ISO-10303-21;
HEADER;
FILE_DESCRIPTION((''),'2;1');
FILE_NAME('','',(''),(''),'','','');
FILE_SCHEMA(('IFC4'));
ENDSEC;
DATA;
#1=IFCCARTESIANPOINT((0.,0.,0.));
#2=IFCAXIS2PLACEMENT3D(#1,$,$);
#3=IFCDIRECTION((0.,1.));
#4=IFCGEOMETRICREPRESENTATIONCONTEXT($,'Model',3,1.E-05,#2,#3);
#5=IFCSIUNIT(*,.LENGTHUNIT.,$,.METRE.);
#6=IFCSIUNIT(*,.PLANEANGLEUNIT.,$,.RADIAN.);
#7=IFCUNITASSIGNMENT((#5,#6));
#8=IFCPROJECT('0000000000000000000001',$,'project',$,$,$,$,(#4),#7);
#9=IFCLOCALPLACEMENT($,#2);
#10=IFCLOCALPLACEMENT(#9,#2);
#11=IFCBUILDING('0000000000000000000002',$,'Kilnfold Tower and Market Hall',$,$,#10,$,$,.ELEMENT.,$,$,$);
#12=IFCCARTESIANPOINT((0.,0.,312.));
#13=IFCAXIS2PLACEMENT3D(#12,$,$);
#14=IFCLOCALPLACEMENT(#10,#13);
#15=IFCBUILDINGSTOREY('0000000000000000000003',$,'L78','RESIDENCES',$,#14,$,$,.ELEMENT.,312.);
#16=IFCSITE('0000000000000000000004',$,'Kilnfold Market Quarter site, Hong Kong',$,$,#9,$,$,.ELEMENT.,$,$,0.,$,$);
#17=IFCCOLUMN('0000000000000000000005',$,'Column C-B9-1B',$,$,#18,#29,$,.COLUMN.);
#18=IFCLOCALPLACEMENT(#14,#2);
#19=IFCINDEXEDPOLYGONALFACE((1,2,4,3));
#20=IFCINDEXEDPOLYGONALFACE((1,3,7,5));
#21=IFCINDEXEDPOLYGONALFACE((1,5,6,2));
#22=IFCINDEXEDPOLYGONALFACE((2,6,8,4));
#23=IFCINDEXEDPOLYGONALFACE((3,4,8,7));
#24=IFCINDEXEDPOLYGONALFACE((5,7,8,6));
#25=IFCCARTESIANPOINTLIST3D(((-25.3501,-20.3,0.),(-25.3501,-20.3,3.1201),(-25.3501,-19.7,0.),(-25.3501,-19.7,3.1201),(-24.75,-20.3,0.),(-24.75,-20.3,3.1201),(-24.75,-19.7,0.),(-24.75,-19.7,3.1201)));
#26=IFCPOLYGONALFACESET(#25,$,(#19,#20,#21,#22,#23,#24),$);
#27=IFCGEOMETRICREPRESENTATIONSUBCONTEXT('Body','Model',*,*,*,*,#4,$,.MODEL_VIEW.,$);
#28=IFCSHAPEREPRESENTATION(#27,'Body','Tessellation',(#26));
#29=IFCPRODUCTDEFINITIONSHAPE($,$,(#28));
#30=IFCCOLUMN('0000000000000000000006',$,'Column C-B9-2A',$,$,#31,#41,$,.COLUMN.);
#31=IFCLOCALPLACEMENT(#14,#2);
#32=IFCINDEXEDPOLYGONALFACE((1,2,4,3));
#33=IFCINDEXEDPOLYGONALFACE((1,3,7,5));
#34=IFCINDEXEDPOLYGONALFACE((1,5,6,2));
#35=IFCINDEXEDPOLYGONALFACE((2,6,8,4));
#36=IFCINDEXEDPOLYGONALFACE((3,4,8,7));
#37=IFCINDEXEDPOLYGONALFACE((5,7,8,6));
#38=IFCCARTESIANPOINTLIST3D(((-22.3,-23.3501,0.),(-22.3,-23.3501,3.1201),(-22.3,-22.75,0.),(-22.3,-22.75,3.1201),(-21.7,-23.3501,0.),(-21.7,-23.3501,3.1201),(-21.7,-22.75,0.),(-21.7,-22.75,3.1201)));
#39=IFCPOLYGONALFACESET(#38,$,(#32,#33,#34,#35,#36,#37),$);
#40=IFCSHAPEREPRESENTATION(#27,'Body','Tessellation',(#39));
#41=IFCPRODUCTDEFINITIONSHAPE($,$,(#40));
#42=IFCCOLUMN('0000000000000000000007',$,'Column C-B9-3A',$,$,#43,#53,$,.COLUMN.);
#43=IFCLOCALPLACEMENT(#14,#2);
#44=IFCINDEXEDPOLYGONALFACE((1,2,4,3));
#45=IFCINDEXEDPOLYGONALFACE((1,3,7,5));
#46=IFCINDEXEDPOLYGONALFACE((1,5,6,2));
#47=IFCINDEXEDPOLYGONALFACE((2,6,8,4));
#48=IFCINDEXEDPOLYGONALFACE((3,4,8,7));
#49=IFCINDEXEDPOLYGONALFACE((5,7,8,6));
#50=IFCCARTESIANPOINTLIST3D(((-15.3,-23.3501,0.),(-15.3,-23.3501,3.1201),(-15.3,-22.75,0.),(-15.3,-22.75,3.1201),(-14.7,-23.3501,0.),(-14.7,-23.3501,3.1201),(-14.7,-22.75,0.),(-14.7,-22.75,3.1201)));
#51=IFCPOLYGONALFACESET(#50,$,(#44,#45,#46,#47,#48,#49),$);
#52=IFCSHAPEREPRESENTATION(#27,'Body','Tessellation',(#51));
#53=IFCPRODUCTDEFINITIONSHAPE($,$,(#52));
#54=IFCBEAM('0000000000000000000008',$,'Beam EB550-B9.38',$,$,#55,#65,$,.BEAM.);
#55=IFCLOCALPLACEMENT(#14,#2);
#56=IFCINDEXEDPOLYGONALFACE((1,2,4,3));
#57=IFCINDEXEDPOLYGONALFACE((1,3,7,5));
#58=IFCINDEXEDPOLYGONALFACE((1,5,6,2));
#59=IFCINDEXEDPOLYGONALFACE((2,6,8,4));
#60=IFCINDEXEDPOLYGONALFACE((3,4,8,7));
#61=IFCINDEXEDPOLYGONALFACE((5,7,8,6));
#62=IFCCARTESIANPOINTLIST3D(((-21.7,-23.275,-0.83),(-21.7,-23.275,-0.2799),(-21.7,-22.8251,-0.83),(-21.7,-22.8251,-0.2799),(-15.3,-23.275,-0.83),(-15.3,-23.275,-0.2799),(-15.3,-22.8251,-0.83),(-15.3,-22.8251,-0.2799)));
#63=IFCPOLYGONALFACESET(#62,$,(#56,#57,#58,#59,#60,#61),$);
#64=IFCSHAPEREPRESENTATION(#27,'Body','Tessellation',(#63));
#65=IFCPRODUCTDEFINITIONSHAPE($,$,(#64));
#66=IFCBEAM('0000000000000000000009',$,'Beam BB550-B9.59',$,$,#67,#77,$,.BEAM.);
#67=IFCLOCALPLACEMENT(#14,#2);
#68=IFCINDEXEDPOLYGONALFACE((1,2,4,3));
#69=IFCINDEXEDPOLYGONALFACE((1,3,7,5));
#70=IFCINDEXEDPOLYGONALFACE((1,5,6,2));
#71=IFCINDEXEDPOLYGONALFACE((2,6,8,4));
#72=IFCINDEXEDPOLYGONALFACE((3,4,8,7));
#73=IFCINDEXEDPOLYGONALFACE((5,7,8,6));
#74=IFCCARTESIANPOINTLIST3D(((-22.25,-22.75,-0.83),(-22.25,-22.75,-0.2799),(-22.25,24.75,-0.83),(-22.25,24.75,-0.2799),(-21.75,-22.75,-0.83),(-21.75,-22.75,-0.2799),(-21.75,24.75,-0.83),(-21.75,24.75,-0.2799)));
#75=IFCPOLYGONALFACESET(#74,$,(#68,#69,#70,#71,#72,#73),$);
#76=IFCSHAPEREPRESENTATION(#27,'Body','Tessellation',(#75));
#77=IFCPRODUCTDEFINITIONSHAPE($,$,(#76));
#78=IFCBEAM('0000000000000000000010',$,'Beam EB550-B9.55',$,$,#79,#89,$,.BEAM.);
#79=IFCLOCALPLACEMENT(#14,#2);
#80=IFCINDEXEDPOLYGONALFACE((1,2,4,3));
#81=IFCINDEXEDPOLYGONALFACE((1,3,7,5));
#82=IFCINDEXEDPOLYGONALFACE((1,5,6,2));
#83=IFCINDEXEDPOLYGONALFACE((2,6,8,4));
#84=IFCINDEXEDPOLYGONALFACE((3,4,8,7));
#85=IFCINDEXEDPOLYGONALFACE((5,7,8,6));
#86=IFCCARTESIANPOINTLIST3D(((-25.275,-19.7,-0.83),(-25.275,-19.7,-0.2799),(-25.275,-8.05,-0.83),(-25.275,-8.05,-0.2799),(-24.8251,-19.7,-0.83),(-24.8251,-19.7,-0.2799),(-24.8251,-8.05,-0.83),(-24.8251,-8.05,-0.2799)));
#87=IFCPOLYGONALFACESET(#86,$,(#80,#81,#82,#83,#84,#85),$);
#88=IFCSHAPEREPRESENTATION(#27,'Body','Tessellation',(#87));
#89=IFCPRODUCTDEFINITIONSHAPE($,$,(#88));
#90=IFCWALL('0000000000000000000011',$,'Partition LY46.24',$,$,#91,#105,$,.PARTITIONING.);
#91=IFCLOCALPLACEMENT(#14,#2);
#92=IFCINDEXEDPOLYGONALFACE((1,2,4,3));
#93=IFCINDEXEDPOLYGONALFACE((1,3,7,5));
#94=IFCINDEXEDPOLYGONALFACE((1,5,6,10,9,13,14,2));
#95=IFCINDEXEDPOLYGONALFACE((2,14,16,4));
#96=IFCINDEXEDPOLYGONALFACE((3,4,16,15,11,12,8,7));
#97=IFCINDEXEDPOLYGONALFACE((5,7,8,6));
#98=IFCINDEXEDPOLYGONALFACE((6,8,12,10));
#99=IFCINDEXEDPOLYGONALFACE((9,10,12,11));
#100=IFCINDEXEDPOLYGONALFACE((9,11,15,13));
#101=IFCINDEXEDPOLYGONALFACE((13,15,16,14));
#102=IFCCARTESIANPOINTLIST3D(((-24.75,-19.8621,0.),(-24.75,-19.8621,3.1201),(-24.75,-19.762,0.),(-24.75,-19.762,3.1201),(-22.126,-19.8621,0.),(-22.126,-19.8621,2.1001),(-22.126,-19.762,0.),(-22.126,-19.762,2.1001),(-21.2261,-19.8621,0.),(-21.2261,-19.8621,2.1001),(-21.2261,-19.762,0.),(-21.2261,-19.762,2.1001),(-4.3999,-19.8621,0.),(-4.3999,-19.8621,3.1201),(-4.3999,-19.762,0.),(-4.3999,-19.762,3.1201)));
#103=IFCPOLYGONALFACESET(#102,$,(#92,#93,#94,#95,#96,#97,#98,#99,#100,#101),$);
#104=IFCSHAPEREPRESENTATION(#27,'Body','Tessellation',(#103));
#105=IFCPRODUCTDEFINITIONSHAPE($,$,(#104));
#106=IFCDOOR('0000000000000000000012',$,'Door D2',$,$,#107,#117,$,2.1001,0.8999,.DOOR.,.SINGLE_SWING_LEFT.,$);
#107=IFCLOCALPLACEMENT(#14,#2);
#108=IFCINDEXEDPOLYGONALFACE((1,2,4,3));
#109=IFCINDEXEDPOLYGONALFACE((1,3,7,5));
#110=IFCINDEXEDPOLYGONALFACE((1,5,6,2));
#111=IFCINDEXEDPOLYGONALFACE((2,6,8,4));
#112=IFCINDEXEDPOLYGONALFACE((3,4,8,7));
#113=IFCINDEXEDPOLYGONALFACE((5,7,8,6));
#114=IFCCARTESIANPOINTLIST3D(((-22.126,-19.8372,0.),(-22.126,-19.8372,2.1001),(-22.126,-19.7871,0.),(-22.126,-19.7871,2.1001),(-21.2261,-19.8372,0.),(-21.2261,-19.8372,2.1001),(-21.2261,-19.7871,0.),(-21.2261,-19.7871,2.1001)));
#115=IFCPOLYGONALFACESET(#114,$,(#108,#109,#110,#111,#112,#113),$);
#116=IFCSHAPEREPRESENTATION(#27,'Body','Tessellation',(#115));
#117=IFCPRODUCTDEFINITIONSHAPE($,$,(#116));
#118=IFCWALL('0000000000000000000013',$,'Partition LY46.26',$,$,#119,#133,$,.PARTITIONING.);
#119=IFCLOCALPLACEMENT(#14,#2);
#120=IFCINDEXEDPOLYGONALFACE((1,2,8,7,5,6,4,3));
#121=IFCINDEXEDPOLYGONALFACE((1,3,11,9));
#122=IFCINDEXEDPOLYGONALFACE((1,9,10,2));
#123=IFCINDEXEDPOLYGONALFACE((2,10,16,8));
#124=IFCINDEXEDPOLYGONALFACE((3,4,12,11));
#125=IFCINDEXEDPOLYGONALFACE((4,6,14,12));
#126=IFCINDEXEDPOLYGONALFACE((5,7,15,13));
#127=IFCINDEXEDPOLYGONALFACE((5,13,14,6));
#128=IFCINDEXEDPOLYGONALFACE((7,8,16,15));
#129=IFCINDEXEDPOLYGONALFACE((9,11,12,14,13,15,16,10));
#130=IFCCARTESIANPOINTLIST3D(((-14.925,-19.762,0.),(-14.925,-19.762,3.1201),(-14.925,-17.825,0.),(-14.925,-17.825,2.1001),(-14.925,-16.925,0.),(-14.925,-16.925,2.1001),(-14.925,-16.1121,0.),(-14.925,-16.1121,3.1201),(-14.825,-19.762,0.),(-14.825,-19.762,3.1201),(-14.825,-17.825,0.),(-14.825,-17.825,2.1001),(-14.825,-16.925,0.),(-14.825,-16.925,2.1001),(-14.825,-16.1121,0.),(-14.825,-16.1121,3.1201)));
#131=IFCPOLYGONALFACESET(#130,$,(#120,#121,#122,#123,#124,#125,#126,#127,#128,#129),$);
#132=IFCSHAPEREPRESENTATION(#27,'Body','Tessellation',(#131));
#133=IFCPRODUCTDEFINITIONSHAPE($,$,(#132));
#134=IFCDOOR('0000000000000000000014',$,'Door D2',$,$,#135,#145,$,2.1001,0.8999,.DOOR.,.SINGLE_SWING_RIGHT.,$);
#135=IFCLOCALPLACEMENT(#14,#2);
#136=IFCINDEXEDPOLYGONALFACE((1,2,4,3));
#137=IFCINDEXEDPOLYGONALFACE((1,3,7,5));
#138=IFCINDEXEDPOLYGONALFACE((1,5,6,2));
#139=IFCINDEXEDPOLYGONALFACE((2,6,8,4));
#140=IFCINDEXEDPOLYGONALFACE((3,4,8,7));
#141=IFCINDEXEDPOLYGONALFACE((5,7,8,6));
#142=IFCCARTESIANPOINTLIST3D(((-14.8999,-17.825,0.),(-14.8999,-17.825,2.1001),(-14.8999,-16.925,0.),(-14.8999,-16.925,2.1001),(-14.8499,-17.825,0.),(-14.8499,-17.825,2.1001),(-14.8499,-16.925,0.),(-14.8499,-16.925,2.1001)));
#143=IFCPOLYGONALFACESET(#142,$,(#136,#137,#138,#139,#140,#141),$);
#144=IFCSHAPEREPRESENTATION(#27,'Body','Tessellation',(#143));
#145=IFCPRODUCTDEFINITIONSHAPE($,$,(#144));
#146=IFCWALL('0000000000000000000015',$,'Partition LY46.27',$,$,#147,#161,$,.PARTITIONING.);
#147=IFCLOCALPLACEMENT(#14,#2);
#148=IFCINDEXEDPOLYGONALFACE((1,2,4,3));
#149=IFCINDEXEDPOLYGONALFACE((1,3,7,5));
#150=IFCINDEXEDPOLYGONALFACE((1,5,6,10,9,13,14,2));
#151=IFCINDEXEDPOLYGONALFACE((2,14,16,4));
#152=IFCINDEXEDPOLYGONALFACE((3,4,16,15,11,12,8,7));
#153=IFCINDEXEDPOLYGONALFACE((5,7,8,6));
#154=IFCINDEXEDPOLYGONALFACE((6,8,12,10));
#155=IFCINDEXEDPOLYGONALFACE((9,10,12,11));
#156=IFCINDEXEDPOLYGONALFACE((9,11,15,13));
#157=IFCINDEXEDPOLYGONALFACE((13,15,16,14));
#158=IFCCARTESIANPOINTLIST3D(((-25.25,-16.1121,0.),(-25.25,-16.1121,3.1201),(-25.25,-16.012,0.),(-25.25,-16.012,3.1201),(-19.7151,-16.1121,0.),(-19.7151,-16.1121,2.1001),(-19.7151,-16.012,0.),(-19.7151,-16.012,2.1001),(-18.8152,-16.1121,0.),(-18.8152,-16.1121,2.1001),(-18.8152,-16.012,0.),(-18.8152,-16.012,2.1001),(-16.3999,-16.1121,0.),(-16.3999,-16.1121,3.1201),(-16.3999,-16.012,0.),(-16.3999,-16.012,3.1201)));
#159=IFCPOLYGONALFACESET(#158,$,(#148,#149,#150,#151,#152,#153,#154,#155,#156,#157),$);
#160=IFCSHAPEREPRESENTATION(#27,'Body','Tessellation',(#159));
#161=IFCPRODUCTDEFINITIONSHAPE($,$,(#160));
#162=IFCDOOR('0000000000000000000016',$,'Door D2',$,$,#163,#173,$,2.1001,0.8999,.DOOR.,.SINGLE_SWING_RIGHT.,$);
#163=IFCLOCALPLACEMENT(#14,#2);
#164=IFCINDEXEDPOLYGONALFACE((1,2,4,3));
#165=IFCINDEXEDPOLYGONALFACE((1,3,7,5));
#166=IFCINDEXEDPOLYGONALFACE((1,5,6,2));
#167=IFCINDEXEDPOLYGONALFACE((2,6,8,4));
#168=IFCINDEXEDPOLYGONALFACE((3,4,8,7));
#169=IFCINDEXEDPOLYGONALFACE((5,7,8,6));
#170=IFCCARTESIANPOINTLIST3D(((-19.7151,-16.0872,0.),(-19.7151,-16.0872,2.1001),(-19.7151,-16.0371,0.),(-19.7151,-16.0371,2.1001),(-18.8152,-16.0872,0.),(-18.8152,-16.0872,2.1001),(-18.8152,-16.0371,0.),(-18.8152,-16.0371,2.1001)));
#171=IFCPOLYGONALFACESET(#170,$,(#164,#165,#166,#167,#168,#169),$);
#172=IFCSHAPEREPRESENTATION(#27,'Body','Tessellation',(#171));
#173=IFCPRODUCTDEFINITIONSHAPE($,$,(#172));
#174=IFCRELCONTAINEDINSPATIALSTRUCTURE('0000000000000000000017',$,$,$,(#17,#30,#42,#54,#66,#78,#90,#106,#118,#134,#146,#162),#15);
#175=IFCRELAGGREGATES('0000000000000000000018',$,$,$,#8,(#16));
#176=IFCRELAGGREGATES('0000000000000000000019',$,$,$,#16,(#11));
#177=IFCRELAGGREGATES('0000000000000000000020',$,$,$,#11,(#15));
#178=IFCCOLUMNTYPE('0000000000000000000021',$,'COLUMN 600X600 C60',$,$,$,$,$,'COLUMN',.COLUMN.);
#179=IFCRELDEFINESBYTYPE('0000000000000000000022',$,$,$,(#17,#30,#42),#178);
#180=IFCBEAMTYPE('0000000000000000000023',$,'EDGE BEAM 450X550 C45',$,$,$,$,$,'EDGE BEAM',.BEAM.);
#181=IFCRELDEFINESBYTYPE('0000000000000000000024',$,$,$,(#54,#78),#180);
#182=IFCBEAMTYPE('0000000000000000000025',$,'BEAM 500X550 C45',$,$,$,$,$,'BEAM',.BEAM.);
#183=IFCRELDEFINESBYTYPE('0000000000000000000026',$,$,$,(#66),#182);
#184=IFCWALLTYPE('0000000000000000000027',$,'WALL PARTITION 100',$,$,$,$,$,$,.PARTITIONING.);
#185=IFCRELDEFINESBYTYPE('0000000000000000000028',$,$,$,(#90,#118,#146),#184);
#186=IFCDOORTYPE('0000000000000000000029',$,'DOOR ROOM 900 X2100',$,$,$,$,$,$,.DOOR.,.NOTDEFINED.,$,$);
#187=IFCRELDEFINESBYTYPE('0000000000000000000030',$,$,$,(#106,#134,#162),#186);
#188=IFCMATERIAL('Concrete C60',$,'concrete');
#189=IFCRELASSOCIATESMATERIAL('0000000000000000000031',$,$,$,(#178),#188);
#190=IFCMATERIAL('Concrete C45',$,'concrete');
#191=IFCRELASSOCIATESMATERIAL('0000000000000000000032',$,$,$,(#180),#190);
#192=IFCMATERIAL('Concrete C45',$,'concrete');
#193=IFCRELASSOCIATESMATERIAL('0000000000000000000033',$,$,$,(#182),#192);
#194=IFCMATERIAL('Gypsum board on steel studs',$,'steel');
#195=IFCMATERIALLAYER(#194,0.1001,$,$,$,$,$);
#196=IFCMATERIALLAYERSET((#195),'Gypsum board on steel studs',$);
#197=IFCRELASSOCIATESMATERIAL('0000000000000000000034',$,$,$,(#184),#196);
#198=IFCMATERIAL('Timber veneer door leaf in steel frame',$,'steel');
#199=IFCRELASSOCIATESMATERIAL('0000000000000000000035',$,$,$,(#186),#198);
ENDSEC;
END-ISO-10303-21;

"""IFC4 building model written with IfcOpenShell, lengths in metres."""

from ifc_helpers import new_model, si_unit, direction, frame, frame_2d, origin, origin_2d, place, context, subcontext, project, spatial, rectangle, extrude, source, transform, mapped, material, layer, layer_set, material_profile, profile_set, type_object, element, fill, save


model = new_model("IFC4")

# Units and contexts
model_context = context("Model", 3, precision=1e-05, world=origin(), true_north=direction((0.0, 1.0)))
body_context = subcontext(model_context, "Body", "Model", "MODEL_VIEW")
ifc_project = project(units=[si_unit("LENGTHUNIT", "METRE"), si_unit("PLANEANGLEUNIT", "RADIAN")], contexts=[model_context])

# Site, building, storey
site_placement = place(None, origin())
site = spatial("IfcSite", under=ifc_project, at=site_placement, Name="Kilnfold Market Quarter site, Hong Kong", CompositionType="ELEMENT", RefElevation=0.0)
building_placement = place(site_placement, origin())
building = spatial("IfcBuilding", under=site, at=building_placement, Name="Kilnfold Tower and Market Hall", CompositionType="ELEMENT")
storey_placement = place(building_placement, frame((0.0, 0.0, 312.0)))
storey = spatial("IfcBuildingStorey", under=building, at=storey_placement, Name="L78", Description="RESIDENCES", CompositionType="ELEMENT", Elevation=312.0)

# Columns
ifc_material_1 = material(Name="Concrete C60", Category="concrete")
ifc_material_profile_1 = material_profile(ifc_material_1, rectangle(XDim=0.6001, YDim=0.6001, at=origin_2d()), Name="RC 600x600")
ifc_profile_set_1 = profile_set([ifc_material_profile_1], Name="Concrete C60")
column_type = type_object("IfcColumnType", Name="COLUMN 600X600 C60", ElementType="COLUMN", PredefinedType="COLUMN", material=ifc_profile_set_1)
shared_shape_1 = source(origin(), body_context, "Body", "SweptSolid", [
    extrude(rectangle(XDim=0.6001, YDim=0.6001, at=origin_2d()), origin(), (0.0, 0.0, 1.0), 3.1201),
])
for number, where, z_axis, x_axis, name in (
    (1, (-25.05, -20.0, 0.0), (0.0, 0.0, 1.0), (1.0, 0.0, 0.0), "Column C-B9-1B"),
    (2, (-22.0, -23.05, 0.0), (0.0, 0.0, 1.0), (1.0, 0.0, 0.0), "Column C-B9-2A"),
    (3, (-15.0, -23.05, 0.0), (0.0, 0.0, 1.0), (1.0, 0.0, 0.0), "Column C-B9-3A"),
):
    element("IfcColumn", number, at=place(storey_placement, frame(where, z_axis=z_axis, x_axis=x_axis)), inside=storey, type_object=column_type, Name=name, PredefinedType="COLUMN", context=body_context, shape_type="MappedRepresentation", body=[
        mapped(shared_shape_1, transform((0.0, 0.0, 0.0))),
    ])

# Beams
ifc_material_2 = material(Name="Concrete C45", Category="concrete")
ifc_material_profile_2 = material_profile(ifc_material_2, rectangle(XDim=0.45, YDim=0.55, at=origin_2d()), Name="RC 450x550")
ifc_profile_set_2 = profile_set([ifc_material_profile_2], Name="Concrete C45")
beam_type_1 = type_object("IfcBeamType", Name="EDGE BEAM 450X550 C45", ElementType="EDGE BEAM", PredefinedType="BEAM", material=ifc_profile_set_2)
shared_shape_2 = source(origin(), body_context, "Body", "SweptSolid", [
    extrude(rectangle(XDim=0.45, YDim=0.55, at=origin_2d()), origin(), (0.0, 0.0, 1.0), 6.3999),
])
beam_1_placement = place(storey_placement, frame((-21.7, -23.05, -0.5549), z_axis=(1.0, 0.0, 0.0), x_axis=(0.0, 1.0, 0.0)))
element("IfcBeam", 4, at=beam_1_placement, inside=storey, type_object=beam_type_1, Name="Beam EB550-B9.38", PredefinedType="BEAM", context=body_context, shape_type="MappedRepresentation", body=[
    mapped(shared_shape_2, transform((0.0, 0.0, 0.0))),
])
ifc_material_3 = material(Name="Concrete C45", Category="concrete")
ifc_material_profile_3 = material_profile(ifc_material_3, rectangle(XDim=0.5, YDim=0.55, at=origin_2d()), Name="RC 500x550")
ifc_profile_set_3 = profile_set([ifc_material_profile_3], Name="Concrete C45")
beam_type_2 = type_object("IfcBeamType", Name="BEAM 500X550 C45", ElementType="BEAM", PredefinedType="BEAM", material=ifc_profile_set_3)
shared_shape_3 = source(origin(), body_context, "Body", "SweptSolid", [
    extrude(rectangle(XDim=0.5, YDim=0.55, at=origin_2d()), origin(), (0.0, 0.0, 1.0), 47.5),
])
beam_2_placement = place(storey_placement, frame((-22.0, -22.75, -0.5549), z_axis=(0.0, 1.0, 0.0), x_axis=(-1.0, 0.0, 0.0)))
element("IfcBeam", 5, at=beam_2_placement, inside=storey, type_object=beam_type_2, Name="Beam BB550-B9.59", PredefinedType="BEAM", context=body_context, shape_type="MappedRepresentation", body=[
    mapped(shared_shape_3, transform((0.0, 0.0, 0.0))),
])
shared_shape_4 = source(origin(), body_context, "Body", "SweptSolid", [
    extrude(rectangle(XDim=0.45, YDim=0.55, at=origin_2d()), origin(), (0.0, 0.0, 1.0), 11.6499),
])
beam_3_placement = place(storey_placement, frame((-25.05, -19.7, -0.5549), z_axis=(0.0, 1.0, 0.0), x_axis=(-1.0, 0.0, 0.0)))
element("IfcBeam", 6, at=beam_3_placement, inside=storey, type_object=beam_type_1, Name="Beam EB550-B9.55", PredefinedType="BEAM", context=body_context, shape_type="MappedRepresentation", body=[
    mapped(shared_shape_4, transform((0.0, 0.0, 0.0))),
])

# Walls, openings, doors
ifc_material_4 = material(Name="Gypsum board on steel studs", Category="steel")
ifc_layer_1 = layer(ifc_material_4, 0.1001)
ifc_layer_set_1 = layer_set([ifc_layer_1], Name="Gypsum board on steel studs")
wall_type_1 = type_object("IfcWallType", Name="WALL PARTITION 100", PredefinedType="PARTITIONING", material=ifc_layer_set_1)
wall_1_placement = place(storey_placement, frame((-24.75, -19.812, 0.0), z_axis=(0.0, 0.0, 1.0), x_axis=(1.0, 0.0, 0.0)))
wall_1 = element("IfcWall", 7, at=wall_1_placement, inside=storey, type_object=wall_type_1, Name="Partition LY46.24", PredefinedType="PARTITIONING", context=body_context, shape_type="SweptSolid", body=[
    extrude(rectangle(XDim=20.3501, YDim=0.1001, at=frame_2d((10.175, 0.0))), origin(), (0.0, 0.0, 1.0), 3.1201),
])
opening_1_placement = place(wall_1_placement, frame((2.624, 0.0, 0.0)))
opening_1 = element("IfcOpeningElement", 8, at=opening_1_placement, cuts=wall_1, PredefinedType="OPENING", context=body_context, shape_type="SweptSolid", body=[
    extrude(rectangle(XDim=0.8999, YDim=2.1001, at=frame_2d((0.45, 1.05))), frame((0.0, 0.0601, 0.0), z_axis=(0.0, -1.0, 0.0), x_axis=(1.0, 0.0, 0.0)), (0.0, 0.0, 1.0), 0.1201),
])
ifc_material_5 = material(Name="Timber veneer door leaf in steel frame", Category="steel")
door_type = type_object("IfcDoorType", Name="DOOR ROOM 900 X2100", OperationType="NOTDEFINED", PredefinedType="DOOR", material=ifc_material_5)
door_1_placement = place(opening_1_placement, origin())
door_1 = element("IfcDoor", 9, at=door_1_placement, inside=storey, type_object=door_type, Name="Door D2", OperationType="SINGLE_SWING_LEFT", OverallHeight=2.1001, OverallWidth=0.8999, PredefinedType="DOOR", context=body_context, shape_type="SweptSolid", body=[
    extrude(rectangle(XDim=0.8999, YDim=2.1001, at=frame_2d((0.45, 1.05))), frame((0.0, 0.0249, 0.0), z_axis=(0.0, -1.0, 0.0), x_axis=(1.0, 0.0, 0.0)), (0.0, 0.0, 1.0), 0.05),
])
fill(opening_1, door_1)
wall_2_placement = place(storey_placement, frame((-14.875, -19.762, 0.0), z_axis=(0.0, 0.0, 1.0), x_axis=(0.0, 1.0, 0.0)))
wall_2 = element("IfcWall", 10, at=wall_2_placement, inside=storey, type_object=wall_type_1, Name="Partition LY46.26", PredefinedType="PARTITIONING", context=body_context, shape_type="SweptSolid", body=[
    extrude(rectangle(XDim=3.6499, YDim=0.1001, at=frame_2d((1.825, 0.0))), origin(), (0.0, 0.0, 1.0), 3.1201),
])
opening_2_placement = place(wall_2_placement, frame((1.937, 0.0, 0.0)))
opening_2 = element("IfcOpeningElement", 11, at=opening_2_placement, cuts=wall_2, PredefinedType="OPENING", context=body_context, shape_type="SweptSolid", body=[
    extrude(rectangle(XDim=0.8999, YDim=2.1001, at=frame_2d((0.45, 1.05))), frame((0.0, 0.0601, 0.0), z_axis=(0.0, -1.0, 0.0), x_axis=(1.0, 0.0, 0.0)), (0.0, 0.0, 1.0), 0.1201),
])
door_2_placement = place(opening_2_placement, origin())
door_2 = element("IfcDoor", 12, at=door_2_placement, inside=storey, type_object=door_type, Name="Door D2", OperationType="SINGLE_SWING_RIGHT", OverallHeight=2.1001, OverallWidth=0.8999, PredefinedType="DOOR", context=body_context, shape_type="SweptSolid", body=[
    extrude(rectangle(XDim=0.8999, YDim=2.1001, at=frame_2d((0.45, 1.05))), frame((0.0, 0.0249, 0.0), z_axis=(0.0, -1.0, 0.0), x_axis=(1.0, 0.0, 0.0)), (0.0, 0.0, 1.0), 0.05),
])
fill(opening_2, door_2)
wall_3_placement = place(storey_placement, frame((-25.25, -16.062, 0.0), z_axis=(0.0, 0.0, 1.0), x_axis=(1.0, 0.0, 0.0)))
wall_3 = element("IfcWall", 13, at=wall_3_placement, inside=storey, type_object=wall_type_1, Name="Partition LY46.27", PredefinedType="PARTITIONING", context=body_context, shape_type="SweptSolid", body=[
    extrude(rectangle(XDim=8.8501, YDim=0.1001, at=frame_2d((4.425, 0.0))), origin(), (0.0, 0.0, 1.0), 3.1201),
])
opening_3_placement = place(wall_3_placement, frame((5.5349, 0.0, 0.0)))
opening_3 = element("IfcOpeningElement", 14, at=opening_3_placement, cuts=wall_3, PredefinedType="OPENING", context=body_context, shape_type="SweptSolid", body=[
    extrude(rectangle(XDim=0.8999, YDim=2.1001, at=frame_2d((0.45, 1.05))), frame((0.0, 0.0601, 0.0), z_axis=(0.0, -1.0, 0.0), x_axis=(1.0, 0.0, 0.0)), (0.0, 0.0, 1.0), 0.1201),
])
door_3_placement = place(opening_3_placement, origin())
door_3 = element("IfcDoor", 15, at=door_3_placement, inside=storey, type_object=door_type, Name="Door D2", OperationType="SINGLE_SWING_RIGHT", OverallHeight=2.1001, OverallWidth=0.8999, PredefinedType="DOOR", context=body_context, shape_type="SweptSolid", body=[
    extrude(rectangle(XDim=0.8999, YDim=2.1001, at=frame_2d((0.45, 1.05))), frame((0.0, 0.0249, 0.0), z_axis=(0.0, -1.0, 0.0), x_axis=(1.0, 0.0, 0.0)), (0.0, 0.0, 1.0), 0.05),
])
fill(opening_3, door_3)

save(model, "model.ifc")
